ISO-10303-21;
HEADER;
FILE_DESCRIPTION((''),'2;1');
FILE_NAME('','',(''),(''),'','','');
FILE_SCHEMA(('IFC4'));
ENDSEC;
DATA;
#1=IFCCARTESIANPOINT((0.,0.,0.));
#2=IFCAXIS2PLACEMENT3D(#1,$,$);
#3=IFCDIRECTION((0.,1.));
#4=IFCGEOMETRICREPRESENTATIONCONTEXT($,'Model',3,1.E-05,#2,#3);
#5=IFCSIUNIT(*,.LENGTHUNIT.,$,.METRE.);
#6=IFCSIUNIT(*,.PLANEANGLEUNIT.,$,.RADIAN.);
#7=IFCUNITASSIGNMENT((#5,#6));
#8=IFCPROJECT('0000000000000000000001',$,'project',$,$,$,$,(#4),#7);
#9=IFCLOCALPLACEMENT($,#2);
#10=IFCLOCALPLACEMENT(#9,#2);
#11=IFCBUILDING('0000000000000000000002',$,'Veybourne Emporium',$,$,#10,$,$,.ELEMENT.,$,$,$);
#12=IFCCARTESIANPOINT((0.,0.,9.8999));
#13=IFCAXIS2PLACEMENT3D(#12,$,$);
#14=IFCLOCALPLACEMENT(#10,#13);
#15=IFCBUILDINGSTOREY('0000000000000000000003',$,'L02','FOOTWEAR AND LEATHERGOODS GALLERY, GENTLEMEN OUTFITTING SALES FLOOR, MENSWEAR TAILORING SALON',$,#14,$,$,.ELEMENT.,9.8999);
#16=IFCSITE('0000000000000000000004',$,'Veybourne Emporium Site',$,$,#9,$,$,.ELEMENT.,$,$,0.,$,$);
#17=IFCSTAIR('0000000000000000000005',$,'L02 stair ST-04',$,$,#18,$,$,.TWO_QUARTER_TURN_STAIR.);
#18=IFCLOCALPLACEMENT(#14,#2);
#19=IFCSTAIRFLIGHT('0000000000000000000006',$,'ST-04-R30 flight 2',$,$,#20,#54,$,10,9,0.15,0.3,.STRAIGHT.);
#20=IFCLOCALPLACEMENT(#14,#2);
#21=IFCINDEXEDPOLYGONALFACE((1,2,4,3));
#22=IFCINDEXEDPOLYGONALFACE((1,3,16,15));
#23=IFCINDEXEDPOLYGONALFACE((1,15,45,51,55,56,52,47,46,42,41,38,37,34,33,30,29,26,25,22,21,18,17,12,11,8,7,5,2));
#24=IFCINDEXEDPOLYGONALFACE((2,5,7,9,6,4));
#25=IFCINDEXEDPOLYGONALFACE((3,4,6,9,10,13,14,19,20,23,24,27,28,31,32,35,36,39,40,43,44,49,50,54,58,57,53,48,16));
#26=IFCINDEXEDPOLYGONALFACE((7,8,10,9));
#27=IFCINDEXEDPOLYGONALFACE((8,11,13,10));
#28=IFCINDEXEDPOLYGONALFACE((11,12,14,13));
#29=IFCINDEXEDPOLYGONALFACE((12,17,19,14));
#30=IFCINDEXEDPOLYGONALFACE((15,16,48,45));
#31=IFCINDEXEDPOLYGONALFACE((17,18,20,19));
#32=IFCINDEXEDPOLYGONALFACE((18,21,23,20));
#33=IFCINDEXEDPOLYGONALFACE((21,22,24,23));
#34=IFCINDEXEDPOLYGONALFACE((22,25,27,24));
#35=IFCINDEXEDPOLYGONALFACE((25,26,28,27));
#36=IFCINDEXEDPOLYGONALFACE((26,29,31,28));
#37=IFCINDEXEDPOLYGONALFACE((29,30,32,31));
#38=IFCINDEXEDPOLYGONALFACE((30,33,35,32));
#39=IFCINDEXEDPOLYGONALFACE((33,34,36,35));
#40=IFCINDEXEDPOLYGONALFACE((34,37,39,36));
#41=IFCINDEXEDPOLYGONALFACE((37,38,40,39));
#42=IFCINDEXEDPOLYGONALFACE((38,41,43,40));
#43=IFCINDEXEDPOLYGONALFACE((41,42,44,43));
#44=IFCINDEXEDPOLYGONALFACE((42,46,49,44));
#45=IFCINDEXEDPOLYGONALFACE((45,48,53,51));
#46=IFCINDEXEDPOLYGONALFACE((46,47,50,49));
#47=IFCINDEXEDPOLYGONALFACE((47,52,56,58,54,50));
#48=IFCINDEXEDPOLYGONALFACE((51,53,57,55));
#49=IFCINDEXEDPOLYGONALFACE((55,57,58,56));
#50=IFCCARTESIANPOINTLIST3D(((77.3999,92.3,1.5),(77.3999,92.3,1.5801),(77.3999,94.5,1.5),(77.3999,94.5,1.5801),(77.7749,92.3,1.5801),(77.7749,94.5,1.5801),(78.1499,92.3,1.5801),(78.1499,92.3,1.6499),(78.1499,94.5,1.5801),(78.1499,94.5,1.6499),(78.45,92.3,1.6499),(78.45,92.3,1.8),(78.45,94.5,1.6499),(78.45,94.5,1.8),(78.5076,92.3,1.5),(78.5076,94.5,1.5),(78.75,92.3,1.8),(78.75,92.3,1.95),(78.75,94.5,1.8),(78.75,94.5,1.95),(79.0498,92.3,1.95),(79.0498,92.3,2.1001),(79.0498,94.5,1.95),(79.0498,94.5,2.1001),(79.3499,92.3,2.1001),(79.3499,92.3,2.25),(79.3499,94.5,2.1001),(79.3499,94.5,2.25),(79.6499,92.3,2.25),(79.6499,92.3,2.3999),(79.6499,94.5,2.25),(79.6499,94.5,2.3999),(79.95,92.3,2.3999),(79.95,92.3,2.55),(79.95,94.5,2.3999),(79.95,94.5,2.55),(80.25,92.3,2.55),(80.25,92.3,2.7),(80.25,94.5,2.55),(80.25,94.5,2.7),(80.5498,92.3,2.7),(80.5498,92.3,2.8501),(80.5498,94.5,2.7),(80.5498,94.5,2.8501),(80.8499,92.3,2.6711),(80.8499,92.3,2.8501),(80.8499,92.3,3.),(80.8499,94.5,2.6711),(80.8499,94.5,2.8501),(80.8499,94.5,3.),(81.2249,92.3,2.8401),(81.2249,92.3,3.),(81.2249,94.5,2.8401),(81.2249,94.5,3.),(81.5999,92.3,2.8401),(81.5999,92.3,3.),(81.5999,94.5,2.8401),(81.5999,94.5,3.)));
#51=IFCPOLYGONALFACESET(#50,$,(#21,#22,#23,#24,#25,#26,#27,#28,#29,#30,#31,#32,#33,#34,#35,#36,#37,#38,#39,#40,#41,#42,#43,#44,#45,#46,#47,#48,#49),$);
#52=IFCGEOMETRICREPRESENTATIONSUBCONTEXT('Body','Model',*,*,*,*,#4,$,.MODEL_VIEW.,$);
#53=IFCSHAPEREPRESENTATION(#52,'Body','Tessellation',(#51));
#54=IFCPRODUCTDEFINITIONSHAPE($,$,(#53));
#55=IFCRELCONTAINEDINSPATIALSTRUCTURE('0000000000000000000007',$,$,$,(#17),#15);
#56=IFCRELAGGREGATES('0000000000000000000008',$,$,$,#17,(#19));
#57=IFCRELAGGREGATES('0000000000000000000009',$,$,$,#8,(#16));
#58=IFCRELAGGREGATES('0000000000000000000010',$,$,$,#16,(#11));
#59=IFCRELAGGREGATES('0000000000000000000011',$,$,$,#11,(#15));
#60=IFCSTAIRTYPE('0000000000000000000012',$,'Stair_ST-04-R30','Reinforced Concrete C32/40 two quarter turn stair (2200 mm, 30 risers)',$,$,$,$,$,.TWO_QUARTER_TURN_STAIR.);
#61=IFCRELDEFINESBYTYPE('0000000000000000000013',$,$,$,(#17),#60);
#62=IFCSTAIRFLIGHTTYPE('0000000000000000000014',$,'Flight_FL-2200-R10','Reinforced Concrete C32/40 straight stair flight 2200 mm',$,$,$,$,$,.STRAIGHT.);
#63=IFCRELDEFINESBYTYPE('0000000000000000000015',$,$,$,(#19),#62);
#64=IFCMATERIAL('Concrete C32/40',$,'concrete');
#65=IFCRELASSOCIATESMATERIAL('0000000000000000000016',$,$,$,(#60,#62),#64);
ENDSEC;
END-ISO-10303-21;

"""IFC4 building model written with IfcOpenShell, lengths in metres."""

from ifc_helpers import new_model, si_unit, direction, frame, origin, place, context, subcontext, project, spatial, polyline, outline, extrude, material, type_object, element, aggregate, save


model = new_model("IFC4")

# Units and contexts
model_context = context("Model", 3, precision=1e-05, world=origin(), true_north=direction((0.0, 1.0)))
body_context = subcontext(model_context, "Body", "Model", "MODEL_VIEW")
ifc_project = project(units=[si_unit("LENGTHUNIT", "METRE"), si_unit("PLANEANGLEUNIT", "RADIAN")], contexts=[model_context])

# Site, building, storey
site_placement = place(None, origin())
site = spatial("IfcSite", under=ifc_project, at=site_placement, Name="Veybourne Emporium Site", CompositionType="ELEMENT", RefElevation=0.0)
building_placement = place(site_placement, origin())
building = spatial("IfcBuilding", under=site, at=building_placement, Name="Veybourne Emporium", CompositionType="ELEMENT")
storey_placement = place(building_placement, frame((0.0, 0.0, 9.8999)))
storey = spatial("IfcBuildingStorey", under=building, at=storey_placement, Name="L02", Description="FOOTWEAR AND LEATHERGOODS GALLERY, GENTLEMEN OUTFITTING SALES FLOOR, MENSWEAR TAILORING SALON", CompositionType="ELEMENT", Elevation=9.8999)

# Shared definitions
ifc_material_1 = material(Name="Concrete C32/40", Category="concrete")

# Stair, stair flight
stair_type = type_object("IfcStairType", Name="Stair_ST-04-R30", Description="Reinforced Concrete C32/40 two quarter turn stair (2200 mm, 30 risers)", PredefinedType="TWO_QUARTER_TURN_STAIR", material=ifc_material_1)
stair_placement = place(storey_placement, origin())
stair = element("IfcStair", 1, at=stair_placement, inside=storey, type_object=stair_type, Name="L02 stair ST-04", PredefinedType="TWO_QUARTER_TURN_STAIR")
stair_flight_type = type_object("IfcStairFlightType", Name="Flight_FL-2200-R10", Description="Reinforced Concrete C32/40 straight stair flight 2200 mm", PredefinedType="STRAIGHT", material=ifc_material_1)
stair_flight_placement = place(storey_placement, frame((78.1499, 93.3999, 1.5), z_axis=(0.0, 0.0, 1.0), x_axis=(1.0, 0.0, 0.0)))
stair_flight = element("IfcStairFlight", 2, at=stair_flight_placement, type_object=stair_flight_type, Name="ST-04-R30 flight 2", NumberOfRisers=10, NumberOfTreads=9, PredefinedType="STRAIGHT", RiserHeight=0.15, TreadLength=0.3, context=body_context, shape_type="SweptSolid", body=[
    extrude(outline(polyline([(-0.75, 0.0), (-0.75, 0.0801), (-0.375, 0.0801), (0.0, 0.0801), (0.0, 0.1499), (0.3, 0.1499), (0.3, 0.3), (0.6001, 0.3), (0.6001, 0.45), (0.8999, 0.45), (0.8999, 0.6001), (1.2, 0.6001), (1.2, 0.75), (1.5, 0.75), (1.5, 0.8999), (1.8, 0.8999), (1.8, 1.05), (2.1001, 1.05), (2.1001, 1.2), (2.3999, 1.2), (2.3999, 1.3501), (2.7, 1.3501), (2.7, 1.5), (3.075, 1.5), (3.45, 1.5), (3.45, 1.3401), (3.075, 1.3401), (2.7, 1.1711), (0.3577, 0.0), (-0.75, 0.0)])), frame((0.0, 1.1001, 0.0), z_axis=(0.0, -1.0, 0.0), x_axis=(1.0, 0.0, 0.0)), (0.0, 0.0, 1.0), 2.2),
])
aggregate(stair, [stair_flight])

save(model, "model.ifc")
